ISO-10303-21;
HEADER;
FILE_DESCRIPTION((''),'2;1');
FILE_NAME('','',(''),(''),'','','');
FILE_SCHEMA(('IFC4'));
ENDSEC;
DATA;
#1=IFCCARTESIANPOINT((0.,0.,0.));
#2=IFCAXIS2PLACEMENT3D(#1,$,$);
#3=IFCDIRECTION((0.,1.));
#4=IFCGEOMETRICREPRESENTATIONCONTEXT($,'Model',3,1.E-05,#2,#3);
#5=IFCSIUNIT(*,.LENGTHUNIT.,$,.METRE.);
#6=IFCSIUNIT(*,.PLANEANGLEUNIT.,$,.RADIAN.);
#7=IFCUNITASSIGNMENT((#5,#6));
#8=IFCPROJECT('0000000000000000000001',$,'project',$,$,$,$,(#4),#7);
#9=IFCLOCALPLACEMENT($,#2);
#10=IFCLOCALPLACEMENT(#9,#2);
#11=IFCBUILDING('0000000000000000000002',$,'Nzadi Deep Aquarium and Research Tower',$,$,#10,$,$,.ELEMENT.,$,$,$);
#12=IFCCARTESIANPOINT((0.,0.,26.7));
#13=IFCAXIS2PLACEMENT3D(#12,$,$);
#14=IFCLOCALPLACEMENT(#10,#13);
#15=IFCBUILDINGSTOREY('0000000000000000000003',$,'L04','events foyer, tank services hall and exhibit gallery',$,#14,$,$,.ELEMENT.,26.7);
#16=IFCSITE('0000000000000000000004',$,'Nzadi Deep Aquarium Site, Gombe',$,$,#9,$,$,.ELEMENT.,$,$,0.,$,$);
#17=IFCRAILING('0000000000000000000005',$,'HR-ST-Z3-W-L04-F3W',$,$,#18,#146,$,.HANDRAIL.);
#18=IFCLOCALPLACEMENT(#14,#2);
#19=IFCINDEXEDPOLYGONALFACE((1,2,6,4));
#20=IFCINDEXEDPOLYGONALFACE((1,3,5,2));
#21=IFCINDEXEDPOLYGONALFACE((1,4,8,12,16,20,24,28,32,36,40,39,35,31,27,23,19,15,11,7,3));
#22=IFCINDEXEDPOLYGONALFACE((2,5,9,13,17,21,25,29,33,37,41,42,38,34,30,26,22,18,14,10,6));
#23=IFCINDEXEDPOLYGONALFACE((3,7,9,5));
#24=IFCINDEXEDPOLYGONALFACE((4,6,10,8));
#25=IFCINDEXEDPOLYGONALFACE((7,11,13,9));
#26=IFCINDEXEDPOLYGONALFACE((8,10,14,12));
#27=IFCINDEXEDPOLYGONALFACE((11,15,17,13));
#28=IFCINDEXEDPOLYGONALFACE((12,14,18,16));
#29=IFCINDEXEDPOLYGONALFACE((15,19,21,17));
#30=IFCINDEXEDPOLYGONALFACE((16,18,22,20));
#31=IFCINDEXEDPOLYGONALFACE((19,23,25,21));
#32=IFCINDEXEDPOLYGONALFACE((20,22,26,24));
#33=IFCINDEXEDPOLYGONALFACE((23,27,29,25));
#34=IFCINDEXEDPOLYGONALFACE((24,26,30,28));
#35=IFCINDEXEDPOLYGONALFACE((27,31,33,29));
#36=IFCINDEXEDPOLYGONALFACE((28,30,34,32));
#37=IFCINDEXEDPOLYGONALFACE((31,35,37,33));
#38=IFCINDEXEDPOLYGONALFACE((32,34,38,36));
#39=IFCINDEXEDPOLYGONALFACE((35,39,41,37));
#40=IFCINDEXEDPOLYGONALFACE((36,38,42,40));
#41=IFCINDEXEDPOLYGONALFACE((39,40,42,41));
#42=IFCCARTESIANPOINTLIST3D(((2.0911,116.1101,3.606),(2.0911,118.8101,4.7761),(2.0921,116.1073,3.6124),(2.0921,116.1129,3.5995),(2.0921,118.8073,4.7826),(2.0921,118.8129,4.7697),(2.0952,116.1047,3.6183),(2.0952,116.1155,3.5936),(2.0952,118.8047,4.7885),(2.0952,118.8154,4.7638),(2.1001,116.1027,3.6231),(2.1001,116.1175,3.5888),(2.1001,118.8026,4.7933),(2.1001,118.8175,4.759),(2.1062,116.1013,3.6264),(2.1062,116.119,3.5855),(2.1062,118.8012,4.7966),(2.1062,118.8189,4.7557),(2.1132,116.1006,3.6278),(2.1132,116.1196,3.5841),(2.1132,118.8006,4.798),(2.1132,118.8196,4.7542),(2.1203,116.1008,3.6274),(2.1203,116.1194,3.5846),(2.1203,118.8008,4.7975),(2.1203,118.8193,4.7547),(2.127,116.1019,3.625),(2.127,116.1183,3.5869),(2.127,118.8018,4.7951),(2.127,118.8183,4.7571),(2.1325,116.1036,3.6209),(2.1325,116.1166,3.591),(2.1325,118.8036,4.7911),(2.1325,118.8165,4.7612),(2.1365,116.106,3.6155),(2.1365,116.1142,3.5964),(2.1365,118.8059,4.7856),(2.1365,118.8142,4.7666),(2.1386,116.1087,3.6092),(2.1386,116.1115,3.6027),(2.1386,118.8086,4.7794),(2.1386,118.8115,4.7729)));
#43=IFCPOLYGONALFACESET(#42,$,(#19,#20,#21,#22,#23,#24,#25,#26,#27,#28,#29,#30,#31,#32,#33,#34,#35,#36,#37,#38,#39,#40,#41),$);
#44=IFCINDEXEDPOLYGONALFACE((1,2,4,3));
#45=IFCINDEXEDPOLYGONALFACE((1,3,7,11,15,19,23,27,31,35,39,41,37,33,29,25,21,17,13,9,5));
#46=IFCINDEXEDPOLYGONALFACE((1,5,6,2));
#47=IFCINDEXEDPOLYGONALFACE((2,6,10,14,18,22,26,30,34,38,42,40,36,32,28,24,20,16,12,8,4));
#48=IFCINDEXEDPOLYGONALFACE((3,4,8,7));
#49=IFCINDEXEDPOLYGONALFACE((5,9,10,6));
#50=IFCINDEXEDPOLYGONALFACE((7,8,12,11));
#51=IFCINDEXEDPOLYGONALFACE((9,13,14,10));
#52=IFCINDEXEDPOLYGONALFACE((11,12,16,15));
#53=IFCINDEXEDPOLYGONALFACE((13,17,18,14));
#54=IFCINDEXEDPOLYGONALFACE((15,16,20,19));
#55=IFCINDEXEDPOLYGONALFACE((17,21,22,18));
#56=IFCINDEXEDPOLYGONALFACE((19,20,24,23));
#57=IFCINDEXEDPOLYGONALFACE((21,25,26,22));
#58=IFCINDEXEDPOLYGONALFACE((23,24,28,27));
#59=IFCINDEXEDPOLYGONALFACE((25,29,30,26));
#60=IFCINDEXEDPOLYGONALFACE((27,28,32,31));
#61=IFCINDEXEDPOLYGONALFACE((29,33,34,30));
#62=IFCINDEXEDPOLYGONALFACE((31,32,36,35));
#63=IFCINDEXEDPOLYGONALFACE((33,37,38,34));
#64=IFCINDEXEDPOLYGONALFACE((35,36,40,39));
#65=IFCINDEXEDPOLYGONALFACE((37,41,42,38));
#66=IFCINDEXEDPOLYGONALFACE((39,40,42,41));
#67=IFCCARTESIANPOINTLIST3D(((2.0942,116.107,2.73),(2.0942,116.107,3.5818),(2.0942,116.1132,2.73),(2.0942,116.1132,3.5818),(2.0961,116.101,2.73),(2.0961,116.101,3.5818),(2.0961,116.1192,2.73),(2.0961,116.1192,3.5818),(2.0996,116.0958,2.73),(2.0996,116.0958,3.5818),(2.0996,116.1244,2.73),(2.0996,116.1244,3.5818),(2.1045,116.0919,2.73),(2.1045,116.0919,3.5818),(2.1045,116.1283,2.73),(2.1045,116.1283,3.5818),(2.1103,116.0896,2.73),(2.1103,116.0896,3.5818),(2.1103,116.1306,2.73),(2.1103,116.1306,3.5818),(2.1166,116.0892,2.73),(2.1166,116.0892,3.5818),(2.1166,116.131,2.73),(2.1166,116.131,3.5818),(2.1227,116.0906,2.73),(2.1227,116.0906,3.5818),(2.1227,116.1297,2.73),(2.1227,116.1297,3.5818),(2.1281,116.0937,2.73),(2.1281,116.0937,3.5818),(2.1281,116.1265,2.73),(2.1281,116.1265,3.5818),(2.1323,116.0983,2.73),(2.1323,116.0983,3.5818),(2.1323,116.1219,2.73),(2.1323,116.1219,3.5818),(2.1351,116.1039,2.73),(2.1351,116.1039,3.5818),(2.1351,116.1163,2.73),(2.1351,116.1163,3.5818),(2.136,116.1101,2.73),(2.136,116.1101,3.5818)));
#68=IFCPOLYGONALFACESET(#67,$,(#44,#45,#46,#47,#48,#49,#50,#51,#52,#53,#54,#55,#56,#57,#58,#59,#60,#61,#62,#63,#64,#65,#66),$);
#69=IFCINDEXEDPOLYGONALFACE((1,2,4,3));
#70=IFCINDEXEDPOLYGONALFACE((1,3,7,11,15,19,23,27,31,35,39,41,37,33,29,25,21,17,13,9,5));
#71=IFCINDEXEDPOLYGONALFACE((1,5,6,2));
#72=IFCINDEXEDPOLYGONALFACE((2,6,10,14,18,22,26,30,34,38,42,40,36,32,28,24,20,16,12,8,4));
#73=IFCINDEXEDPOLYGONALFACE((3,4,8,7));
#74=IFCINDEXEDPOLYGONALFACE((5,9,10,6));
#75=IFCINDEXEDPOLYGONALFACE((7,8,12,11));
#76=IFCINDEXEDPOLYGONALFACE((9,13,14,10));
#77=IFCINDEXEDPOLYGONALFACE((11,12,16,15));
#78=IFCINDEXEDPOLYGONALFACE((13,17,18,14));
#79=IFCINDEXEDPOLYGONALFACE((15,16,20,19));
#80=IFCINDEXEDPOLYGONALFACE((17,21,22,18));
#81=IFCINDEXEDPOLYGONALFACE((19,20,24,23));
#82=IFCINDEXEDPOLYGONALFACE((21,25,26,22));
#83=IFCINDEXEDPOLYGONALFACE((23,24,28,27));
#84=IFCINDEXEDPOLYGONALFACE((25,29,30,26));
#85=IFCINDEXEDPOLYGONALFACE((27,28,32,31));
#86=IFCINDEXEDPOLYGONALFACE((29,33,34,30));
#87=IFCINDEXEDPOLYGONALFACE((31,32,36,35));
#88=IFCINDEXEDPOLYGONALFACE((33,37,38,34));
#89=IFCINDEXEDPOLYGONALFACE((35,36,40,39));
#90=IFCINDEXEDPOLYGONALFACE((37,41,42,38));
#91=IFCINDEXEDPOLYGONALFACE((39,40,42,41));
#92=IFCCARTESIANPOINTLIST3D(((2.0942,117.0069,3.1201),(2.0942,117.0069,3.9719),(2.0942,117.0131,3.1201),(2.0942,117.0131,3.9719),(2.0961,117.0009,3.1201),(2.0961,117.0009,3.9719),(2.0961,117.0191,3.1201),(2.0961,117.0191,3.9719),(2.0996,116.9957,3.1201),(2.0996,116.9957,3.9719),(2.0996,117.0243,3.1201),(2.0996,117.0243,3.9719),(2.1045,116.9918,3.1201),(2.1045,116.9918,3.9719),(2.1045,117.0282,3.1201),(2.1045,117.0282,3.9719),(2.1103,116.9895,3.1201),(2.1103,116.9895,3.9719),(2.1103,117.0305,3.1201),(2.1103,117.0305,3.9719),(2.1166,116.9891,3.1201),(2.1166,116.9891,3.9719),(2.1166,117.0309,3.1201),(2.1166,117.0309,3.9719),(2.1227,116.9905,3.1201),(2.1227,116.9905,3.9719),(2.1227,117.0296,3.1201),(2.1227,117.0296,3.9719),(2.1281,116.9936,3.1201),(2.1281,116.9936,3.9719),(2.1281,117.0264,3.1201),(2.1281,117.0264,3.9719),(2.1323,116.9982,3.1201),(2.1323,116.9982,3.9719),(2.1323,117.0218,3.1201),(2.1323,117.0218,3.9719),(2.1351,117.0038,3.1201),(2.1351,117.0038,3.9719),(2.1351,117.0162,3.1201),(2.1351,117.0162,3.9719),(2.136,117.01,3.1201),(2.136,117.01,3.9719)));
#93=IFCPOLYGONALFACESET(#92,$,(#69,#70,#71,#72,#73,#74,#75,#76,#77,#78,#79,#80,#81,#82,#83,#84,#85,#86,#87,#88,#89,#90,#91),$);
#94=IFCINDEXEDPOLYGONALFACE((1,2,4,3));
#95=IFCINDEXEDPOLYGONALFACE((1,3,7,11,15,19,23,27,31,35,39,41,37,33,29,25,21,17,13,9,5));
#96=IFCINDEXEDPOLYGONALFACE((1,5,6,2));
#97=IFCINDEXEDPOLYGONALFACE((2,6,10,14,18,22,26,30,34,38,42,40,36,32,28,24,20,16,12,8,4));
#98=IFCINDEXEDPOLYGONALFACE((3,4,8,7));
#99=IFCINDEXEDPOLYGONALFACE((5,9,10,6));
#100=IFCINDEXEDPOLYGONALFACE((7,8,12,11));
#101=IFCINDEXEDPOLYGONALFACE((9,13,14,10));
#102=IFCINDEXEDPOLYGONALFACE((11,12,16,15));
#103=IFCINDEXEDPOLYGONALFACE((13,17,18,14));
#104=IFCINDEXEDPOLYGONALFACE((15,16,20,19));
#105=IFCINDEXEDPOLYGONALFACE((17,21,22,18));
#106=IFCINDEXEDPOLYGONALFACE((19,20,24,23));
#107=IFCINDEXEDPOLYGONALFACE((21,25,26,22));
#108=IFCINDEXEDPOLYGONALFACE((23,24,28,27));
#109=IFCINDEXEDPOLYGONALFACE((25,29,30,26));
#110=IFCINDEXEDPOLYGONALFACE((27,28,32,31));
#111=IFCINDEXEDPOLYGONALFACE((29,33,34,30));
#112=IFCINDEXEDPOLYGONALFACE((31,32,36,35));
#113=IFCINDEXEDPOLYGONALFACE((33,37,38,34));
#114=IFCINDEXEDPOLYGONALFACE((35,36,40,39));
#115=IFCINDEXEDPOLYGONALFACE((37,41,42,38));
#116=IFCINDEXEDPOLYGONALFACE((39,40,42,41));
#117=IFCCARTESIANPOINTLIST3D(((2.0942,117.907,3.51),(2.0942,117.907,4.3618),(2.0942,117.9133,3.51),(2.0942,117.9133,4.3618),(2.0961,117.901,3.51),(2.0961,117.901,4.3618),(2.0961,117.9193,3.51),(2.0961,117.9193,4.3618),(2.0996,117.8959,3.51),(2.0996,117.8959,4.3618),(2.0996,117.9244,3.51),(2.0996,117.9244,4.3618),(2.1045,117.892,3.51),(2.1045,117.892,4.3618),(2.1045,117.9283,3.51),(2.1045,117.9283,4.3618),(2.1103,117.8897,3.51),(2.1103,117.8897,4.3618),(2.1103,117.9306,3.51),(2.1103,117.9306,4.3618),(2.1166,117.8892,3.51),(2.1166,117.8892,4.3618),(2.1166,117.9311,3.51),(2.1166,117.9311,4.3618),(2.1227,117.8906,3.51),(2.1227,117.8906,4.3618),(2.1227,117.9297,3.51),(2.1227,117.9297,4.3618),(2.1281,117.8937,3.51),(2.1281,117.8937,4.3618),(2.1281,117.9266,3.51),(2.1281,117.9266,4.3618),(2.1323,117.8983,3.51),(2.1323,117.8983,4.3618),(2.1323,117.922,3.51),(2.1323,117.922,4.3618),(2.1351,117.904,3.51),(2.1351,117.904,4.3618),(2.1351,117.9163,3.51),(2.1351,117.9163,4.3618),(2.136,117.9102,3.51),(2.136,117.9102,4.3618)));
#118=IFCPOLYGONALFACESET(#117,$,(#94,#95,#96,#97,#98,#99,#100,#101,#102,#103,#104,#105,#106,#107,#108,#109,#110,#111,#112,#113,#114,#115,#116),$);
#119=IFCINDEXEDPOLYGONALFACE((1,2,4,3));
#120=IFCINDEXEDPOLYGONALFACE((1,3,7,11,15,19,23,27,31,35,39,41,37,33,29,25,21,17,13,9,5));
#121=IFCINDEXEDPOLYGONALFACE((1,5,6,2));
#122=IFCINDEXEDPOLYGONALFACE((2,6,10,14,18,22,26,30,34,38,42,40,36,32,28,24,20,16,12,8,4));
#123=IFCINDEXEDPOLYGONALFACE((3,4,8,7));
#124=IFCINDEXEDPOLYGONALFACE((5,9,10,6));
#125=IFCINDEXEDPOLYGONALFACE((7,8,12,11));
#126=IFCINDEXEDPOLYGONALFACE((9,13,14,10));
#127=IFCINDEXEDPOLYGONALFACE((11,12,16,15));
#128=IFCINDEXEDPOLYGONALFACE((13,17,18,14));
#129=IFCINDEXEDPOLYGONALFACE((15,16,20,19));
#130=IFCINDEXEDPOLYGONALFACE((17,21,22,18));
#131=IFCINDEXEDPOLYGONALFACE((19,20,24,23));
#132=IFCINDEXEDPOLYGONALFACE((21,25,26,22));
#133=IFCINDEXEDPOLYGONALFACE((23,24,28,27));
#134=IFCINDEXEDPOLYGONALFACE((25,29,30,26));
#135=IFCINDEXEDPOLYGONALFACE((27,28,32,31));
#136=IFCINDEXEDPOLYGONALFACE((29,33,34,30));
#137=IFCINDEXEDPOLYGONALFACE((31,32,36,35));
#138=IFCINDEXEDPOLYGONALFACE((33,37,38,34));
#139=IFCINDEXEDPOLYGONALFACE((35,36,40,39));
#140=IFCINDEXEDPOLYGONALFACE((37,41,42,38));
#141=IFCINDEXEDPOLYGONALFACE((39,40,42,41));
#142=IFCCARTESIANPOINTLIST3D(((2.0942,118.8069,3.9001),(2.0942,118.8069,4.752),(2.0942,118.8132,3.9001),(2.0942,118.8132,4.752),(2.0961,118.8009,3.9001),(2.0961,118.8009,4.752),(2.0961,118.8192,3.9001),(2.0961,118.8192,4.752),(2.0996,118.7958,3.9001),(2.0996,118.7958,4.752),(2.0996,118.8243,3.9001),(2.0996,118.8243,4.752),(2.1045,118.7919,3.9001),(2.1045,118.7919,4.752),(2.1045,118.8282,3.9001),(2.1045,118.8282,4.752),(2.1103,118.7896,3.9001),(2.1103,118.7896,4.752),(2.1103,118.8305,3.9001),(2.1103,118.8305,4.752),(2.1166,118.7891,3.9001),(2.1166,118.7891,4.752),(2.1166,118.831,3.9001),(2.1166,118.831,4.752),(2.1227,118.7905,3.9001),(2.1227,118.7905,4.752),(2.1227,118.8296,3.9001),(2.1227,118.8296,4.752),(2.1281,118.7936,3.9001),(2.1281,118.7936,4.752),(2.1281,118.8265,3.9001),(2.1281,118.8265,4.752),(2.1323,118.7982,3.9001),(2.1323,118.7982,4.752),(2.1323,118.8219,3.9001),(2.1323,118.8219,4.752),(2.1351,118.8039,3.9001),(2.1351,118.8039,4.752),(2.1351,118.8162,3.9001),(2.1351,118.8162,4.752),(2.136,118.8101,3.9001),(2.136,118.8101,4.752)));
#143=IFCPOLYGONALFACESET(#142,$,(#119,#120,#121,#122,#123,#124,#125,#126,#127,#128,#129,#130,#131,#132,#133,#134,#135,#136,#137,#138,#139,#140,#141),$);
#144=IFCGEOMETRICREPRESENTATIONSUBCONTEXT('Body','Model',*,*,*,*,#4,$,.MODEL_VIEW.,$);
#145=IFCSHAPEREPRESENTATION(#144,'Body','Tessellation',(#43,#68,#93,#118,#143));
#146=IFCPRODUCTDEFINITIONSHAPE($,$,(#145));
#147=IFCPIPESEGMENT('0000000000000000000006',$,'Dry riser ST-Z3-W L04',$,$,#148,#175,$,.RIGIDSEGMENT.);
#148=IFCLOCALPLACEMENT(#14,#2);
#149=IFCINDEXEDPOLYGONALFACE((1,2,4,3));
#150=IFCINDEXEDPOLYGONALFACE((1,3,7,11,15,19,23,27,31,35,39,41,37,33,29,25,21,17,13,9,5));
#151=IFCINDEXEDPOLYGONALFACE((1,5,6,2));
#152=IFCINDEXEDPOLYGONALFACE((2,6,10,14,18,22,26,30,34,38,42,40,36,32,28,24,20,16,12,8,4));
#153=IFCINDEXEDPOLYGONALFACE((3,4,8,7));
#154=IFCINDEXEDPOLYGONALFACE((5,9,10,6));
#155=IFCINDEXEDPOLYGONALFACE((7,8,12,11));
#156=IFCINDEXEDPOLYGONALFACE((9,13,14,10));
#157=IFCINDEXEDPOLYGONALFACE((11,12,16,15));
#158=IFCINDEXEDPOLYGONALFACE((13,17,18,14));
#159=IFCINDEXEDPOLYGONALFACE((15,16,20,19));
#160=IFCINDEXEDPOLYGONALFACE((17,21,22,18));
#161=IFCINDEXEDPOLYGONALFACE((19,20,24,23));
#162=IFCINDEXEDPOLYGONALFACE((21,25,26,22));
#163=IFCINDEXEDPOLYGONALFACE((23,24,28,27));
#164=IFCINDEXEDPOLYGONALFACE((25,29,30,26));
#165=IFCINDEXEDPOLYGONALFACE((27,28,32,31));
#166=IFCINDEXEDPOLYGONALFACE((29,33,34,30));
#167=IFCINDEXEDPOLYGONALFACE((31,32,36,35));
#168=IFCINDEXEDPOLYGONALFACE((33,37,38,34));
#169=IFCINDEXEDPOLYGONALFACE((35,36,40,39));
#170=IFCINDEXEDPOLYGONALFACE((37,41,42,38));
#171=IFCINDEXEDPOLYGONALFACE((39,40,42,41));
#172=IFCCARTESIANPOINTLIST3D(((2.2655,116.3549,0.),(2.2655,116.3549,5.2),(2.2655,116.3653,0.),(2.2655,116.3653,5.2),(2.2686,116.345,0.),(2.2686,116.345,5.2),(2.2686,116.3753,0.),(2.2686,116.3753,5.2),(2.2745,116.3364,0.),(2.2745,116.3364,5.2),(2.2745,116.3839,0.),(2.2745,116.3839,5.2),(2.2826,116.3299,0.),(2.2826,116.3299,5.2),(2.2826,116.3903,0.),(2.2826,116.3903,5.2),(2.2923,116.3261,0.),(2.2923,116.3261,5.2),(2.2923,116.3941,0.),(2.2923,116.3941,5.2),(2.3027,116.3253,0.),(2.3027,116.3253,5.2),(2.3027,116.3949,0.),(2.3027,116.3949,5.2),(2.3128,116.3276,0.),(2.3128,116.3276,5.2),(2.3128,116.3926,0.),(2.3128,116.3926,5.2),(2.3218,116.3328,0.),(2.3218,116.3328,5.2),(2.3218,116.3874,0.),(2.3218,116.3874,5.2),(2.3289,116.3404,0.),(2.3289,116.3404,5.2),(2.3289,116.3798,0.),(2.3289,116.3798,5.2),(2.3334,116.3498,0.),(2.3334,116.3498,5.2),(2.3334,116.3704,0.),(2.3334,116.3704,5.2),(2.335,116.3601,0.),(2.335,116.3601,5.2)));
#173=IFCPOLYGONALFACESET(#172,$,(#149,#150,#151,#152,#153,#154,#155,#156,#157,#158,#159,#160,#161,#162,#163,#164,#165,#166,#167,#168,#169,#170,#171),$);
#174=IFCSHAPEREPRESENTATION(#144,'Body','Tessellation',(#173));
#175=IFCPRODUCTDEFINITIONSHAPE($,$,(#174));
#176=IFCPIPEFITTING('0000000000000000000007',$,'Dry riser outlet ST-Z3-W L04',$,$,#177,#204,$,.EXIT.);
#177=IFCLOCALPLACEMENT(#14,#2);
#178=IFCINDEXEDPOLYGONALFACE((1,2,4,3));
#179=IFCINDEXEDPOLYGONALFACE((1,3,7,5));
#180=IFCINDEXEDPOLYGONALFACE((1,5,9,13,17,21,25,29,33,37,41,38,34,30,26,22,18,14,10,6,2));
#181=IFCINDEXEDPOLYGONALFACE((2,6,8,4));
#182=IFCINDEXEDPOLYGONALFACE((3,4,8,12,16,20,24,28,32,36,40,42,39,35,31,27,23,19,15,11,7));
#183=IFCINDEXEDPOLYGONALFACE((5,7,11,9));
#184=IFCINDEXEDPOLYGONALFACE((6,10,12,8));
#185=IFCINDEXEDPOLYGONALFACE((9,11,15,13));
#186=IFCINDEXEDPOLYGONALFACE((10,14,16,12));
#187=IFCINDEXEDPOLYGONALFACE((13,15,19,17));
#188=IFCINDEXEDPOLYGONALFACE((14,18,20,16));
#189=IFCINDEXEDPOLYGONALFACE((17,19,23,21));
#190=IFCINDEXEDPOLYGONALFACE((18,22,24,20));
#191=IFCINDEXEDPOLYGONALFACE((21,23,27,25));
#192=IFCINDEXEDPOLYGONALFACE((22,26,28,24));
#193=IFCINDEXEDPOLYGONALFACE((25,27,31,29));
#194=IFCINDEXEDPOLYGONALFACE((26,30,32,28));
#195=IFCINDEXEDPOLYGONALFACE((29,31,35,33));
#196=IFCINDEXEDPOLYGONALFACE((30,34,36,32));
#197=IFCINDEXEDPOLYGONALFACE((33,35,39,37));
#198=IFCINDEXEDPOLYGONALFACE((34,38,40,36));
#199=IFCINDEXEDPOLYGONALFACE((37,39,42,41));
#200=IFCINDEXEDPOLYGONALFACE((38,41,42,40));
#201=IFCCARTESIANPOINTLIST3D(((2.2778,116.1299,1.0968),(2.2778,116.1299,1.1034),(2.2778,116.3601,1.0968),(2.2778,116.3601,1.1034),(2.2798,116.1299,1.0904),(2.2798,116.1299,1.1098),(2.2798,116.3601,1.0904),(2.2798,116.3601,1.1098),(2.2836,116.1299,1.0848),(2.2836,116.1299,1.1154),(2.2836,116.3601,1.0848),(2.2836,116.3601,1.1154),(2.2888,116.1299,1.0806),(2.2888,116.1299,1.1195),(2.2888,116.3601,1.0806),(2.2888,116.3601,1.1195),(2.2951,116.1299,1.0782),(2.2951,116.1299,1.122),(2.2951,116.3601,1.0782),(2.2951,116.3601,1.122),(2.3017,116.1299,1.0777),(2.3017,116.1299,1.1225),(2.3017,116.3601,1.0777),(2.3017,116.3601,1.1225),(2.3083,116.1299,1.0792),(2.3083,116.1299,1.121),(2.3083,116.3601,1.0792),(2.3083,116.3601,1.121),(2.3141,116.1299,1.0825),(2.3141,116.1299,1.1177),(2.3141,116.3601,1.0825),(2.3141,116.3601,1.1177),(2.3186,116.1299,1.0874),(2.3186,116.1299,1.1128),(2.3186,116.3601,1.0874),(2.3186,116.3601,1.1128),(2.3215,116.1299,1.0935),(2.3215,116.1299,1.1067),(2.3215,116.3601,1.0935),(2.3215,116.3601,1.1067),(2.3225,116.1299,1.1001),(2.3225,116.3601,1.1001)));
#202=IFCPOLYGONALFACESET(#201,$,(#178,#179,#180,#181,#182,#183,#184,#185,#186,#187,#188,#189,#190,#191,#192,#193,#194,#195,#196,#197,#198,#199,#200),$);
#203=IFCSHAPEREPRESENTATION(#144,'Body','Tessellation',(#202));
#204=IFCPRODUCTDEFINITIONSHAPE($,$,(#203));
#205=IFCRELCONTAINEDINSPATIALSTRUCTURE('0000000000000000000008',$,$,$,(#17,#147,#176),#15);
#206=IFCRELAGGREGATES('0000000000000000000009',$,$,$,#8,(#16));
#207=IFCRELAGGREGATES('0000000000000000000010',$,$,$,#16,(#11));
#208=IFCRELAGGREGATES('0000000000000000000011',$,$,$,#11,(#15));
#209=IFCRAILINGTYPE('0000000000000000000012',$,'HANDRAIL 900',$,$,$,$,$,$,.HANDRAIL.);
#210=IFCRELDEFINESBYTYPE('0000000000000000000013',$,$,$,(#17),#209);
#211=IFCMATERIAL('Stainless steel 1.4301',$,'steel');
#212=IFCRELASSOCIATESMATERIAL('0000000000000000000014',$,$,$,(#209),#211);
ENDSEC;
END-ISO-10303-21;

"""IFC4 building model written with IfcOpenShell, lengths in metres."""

from ifc_helpers import new_model, si_unit, direction, frame, origin, origin_2d, place, context, subcontext, project, spatial, circle, extrude, material, type_object, element, save


model = new_model("IFC4")

# Units and contexts
model_context = context("Model", 3, precision=1e-05, world=origin(), true_north=direction((0.0, 1.0)))
body_context = subcontext(model_context, "Body", "Model", "MODEL_VIEW")
ifc_project = project(units=[si_unit("LENGTHUNIT", "METRE"), si_unit("PLANEANGLEUNIT", "RADIAN")], contexts=[model_context])

# Site, building, storey
site_placement = place(None, origin())
site = spatial("IfcSite", under=ifc_project, at=site_placement, Name="Nzadi Deep Aquarium Site, Gombe", CompositionType="ELEMENT", RefElevation=0.0)
building_placement = place(site_placement, origin())
building = spatial("IfcBuilding", under=site, at=building_placement, Name="Nzadi Deep Aquarium and Research Tower", CompositionType="ELEMENT")
storey_placement = place(building_placement, frame((0.0, 0.0, 26.7)))
storey = spatial("IfcBuildingStorey", under=building, at=storey_placement, Name="L04", Description="events foyer, tank services hall and exhibit gallery", CompositionType="ELEMENT", Elevation=26.7)

# Railing
ifc_material_1 = material(Name="Stainless steel 1.4301", Category="steel")
railing_type_1 = type_object("IfcRailingType", Name="HANDRAIL 900", PredefinedType="HANDRAIL", material=ifc_material_1)
for number, where, name in (
    (1, (2.115, 116.1101, 2.73), "HR-ST-Z3-W-L04-F3W"),
):
    element("IfcRailing", number, at=place(storey_placement, frame(where)), inside=storey, type_object=railing_type_1, Name=name, PredefinedType="HANDRAIL", context=body_context, shape_type="SweptSolid", body=[
        extrude(circle(Radius=0.0239, at=origin_2d()), frame((0.0, 0.0, 0.876), z_axis=(0.0, 0.917532, 0.397661), x_axis=(-1.0, 0.0, 0.0)), (0.0, 0.0, 1.0), 2.9426),
        extrude(circle(Radius=0.021, at=origin_2d()), origin(), (0.0, 0.0, 1.0), 0.8518),
        extrude(circle(Radius=0.021, at=origin_2d()), frame((0.0, 0.8999, 0.3901)), (0.0, 0.0, 1.0), 0.8518),
        extrude(circle(Radius=0.021, at=origin_2d()), frame((0.0, 1.8, 0.78)), (0.0, 0.0, 1.0), 0.8518),
        extrude(circle(Radius=0.021, at=origin_2d()), frame((0.0, 2.7, 1.1702)), (0.0, 0.0, 1.0), 0.8518),
    ])

# Pipe segment
pipe_segment_placement = place(storey_placement, frame((2.3, 116.3601, 0.0), z_axis=(0.0, 0.0, 1.0), x_axis=(1.0, 0.0, 0.0)))
element("IfcPipeSegment", 2, at=pipe_segment_placement, inside=storey, Name="Dry riser ST-Z3-W L04", PredefinedType="RIGIDSEGMENT", context=body_context, shape_type="SweptSolid", body=[
    extrude(circle(Radius=0.0349, at=origin_2d()), origin(), (0.0, 0.0, 1.0), 5.2),
])

# Pipe fitting
pipe_fitting_placement = place(storey_placement, frame((2.3, 116.3601, 1.1001), z_axis=(0.0, -1.0, 0.0), x_axis=(1.0, 0.0, 0.0)))
element("IfcPipeFitting", 3, at=pipe_fitting_placement, inside=storey, Name="Dry riser outlet ST-Z3-W L04", PredefinedType="EXIT", context=body_context, shape_type="SweptSolid", body=[
    extrude(circle(Radius=0.0225, at=origin_2d()), origin(), (0.0, 0.0, 1.0), 0.2302),
])

save(model, "model.ifc")
